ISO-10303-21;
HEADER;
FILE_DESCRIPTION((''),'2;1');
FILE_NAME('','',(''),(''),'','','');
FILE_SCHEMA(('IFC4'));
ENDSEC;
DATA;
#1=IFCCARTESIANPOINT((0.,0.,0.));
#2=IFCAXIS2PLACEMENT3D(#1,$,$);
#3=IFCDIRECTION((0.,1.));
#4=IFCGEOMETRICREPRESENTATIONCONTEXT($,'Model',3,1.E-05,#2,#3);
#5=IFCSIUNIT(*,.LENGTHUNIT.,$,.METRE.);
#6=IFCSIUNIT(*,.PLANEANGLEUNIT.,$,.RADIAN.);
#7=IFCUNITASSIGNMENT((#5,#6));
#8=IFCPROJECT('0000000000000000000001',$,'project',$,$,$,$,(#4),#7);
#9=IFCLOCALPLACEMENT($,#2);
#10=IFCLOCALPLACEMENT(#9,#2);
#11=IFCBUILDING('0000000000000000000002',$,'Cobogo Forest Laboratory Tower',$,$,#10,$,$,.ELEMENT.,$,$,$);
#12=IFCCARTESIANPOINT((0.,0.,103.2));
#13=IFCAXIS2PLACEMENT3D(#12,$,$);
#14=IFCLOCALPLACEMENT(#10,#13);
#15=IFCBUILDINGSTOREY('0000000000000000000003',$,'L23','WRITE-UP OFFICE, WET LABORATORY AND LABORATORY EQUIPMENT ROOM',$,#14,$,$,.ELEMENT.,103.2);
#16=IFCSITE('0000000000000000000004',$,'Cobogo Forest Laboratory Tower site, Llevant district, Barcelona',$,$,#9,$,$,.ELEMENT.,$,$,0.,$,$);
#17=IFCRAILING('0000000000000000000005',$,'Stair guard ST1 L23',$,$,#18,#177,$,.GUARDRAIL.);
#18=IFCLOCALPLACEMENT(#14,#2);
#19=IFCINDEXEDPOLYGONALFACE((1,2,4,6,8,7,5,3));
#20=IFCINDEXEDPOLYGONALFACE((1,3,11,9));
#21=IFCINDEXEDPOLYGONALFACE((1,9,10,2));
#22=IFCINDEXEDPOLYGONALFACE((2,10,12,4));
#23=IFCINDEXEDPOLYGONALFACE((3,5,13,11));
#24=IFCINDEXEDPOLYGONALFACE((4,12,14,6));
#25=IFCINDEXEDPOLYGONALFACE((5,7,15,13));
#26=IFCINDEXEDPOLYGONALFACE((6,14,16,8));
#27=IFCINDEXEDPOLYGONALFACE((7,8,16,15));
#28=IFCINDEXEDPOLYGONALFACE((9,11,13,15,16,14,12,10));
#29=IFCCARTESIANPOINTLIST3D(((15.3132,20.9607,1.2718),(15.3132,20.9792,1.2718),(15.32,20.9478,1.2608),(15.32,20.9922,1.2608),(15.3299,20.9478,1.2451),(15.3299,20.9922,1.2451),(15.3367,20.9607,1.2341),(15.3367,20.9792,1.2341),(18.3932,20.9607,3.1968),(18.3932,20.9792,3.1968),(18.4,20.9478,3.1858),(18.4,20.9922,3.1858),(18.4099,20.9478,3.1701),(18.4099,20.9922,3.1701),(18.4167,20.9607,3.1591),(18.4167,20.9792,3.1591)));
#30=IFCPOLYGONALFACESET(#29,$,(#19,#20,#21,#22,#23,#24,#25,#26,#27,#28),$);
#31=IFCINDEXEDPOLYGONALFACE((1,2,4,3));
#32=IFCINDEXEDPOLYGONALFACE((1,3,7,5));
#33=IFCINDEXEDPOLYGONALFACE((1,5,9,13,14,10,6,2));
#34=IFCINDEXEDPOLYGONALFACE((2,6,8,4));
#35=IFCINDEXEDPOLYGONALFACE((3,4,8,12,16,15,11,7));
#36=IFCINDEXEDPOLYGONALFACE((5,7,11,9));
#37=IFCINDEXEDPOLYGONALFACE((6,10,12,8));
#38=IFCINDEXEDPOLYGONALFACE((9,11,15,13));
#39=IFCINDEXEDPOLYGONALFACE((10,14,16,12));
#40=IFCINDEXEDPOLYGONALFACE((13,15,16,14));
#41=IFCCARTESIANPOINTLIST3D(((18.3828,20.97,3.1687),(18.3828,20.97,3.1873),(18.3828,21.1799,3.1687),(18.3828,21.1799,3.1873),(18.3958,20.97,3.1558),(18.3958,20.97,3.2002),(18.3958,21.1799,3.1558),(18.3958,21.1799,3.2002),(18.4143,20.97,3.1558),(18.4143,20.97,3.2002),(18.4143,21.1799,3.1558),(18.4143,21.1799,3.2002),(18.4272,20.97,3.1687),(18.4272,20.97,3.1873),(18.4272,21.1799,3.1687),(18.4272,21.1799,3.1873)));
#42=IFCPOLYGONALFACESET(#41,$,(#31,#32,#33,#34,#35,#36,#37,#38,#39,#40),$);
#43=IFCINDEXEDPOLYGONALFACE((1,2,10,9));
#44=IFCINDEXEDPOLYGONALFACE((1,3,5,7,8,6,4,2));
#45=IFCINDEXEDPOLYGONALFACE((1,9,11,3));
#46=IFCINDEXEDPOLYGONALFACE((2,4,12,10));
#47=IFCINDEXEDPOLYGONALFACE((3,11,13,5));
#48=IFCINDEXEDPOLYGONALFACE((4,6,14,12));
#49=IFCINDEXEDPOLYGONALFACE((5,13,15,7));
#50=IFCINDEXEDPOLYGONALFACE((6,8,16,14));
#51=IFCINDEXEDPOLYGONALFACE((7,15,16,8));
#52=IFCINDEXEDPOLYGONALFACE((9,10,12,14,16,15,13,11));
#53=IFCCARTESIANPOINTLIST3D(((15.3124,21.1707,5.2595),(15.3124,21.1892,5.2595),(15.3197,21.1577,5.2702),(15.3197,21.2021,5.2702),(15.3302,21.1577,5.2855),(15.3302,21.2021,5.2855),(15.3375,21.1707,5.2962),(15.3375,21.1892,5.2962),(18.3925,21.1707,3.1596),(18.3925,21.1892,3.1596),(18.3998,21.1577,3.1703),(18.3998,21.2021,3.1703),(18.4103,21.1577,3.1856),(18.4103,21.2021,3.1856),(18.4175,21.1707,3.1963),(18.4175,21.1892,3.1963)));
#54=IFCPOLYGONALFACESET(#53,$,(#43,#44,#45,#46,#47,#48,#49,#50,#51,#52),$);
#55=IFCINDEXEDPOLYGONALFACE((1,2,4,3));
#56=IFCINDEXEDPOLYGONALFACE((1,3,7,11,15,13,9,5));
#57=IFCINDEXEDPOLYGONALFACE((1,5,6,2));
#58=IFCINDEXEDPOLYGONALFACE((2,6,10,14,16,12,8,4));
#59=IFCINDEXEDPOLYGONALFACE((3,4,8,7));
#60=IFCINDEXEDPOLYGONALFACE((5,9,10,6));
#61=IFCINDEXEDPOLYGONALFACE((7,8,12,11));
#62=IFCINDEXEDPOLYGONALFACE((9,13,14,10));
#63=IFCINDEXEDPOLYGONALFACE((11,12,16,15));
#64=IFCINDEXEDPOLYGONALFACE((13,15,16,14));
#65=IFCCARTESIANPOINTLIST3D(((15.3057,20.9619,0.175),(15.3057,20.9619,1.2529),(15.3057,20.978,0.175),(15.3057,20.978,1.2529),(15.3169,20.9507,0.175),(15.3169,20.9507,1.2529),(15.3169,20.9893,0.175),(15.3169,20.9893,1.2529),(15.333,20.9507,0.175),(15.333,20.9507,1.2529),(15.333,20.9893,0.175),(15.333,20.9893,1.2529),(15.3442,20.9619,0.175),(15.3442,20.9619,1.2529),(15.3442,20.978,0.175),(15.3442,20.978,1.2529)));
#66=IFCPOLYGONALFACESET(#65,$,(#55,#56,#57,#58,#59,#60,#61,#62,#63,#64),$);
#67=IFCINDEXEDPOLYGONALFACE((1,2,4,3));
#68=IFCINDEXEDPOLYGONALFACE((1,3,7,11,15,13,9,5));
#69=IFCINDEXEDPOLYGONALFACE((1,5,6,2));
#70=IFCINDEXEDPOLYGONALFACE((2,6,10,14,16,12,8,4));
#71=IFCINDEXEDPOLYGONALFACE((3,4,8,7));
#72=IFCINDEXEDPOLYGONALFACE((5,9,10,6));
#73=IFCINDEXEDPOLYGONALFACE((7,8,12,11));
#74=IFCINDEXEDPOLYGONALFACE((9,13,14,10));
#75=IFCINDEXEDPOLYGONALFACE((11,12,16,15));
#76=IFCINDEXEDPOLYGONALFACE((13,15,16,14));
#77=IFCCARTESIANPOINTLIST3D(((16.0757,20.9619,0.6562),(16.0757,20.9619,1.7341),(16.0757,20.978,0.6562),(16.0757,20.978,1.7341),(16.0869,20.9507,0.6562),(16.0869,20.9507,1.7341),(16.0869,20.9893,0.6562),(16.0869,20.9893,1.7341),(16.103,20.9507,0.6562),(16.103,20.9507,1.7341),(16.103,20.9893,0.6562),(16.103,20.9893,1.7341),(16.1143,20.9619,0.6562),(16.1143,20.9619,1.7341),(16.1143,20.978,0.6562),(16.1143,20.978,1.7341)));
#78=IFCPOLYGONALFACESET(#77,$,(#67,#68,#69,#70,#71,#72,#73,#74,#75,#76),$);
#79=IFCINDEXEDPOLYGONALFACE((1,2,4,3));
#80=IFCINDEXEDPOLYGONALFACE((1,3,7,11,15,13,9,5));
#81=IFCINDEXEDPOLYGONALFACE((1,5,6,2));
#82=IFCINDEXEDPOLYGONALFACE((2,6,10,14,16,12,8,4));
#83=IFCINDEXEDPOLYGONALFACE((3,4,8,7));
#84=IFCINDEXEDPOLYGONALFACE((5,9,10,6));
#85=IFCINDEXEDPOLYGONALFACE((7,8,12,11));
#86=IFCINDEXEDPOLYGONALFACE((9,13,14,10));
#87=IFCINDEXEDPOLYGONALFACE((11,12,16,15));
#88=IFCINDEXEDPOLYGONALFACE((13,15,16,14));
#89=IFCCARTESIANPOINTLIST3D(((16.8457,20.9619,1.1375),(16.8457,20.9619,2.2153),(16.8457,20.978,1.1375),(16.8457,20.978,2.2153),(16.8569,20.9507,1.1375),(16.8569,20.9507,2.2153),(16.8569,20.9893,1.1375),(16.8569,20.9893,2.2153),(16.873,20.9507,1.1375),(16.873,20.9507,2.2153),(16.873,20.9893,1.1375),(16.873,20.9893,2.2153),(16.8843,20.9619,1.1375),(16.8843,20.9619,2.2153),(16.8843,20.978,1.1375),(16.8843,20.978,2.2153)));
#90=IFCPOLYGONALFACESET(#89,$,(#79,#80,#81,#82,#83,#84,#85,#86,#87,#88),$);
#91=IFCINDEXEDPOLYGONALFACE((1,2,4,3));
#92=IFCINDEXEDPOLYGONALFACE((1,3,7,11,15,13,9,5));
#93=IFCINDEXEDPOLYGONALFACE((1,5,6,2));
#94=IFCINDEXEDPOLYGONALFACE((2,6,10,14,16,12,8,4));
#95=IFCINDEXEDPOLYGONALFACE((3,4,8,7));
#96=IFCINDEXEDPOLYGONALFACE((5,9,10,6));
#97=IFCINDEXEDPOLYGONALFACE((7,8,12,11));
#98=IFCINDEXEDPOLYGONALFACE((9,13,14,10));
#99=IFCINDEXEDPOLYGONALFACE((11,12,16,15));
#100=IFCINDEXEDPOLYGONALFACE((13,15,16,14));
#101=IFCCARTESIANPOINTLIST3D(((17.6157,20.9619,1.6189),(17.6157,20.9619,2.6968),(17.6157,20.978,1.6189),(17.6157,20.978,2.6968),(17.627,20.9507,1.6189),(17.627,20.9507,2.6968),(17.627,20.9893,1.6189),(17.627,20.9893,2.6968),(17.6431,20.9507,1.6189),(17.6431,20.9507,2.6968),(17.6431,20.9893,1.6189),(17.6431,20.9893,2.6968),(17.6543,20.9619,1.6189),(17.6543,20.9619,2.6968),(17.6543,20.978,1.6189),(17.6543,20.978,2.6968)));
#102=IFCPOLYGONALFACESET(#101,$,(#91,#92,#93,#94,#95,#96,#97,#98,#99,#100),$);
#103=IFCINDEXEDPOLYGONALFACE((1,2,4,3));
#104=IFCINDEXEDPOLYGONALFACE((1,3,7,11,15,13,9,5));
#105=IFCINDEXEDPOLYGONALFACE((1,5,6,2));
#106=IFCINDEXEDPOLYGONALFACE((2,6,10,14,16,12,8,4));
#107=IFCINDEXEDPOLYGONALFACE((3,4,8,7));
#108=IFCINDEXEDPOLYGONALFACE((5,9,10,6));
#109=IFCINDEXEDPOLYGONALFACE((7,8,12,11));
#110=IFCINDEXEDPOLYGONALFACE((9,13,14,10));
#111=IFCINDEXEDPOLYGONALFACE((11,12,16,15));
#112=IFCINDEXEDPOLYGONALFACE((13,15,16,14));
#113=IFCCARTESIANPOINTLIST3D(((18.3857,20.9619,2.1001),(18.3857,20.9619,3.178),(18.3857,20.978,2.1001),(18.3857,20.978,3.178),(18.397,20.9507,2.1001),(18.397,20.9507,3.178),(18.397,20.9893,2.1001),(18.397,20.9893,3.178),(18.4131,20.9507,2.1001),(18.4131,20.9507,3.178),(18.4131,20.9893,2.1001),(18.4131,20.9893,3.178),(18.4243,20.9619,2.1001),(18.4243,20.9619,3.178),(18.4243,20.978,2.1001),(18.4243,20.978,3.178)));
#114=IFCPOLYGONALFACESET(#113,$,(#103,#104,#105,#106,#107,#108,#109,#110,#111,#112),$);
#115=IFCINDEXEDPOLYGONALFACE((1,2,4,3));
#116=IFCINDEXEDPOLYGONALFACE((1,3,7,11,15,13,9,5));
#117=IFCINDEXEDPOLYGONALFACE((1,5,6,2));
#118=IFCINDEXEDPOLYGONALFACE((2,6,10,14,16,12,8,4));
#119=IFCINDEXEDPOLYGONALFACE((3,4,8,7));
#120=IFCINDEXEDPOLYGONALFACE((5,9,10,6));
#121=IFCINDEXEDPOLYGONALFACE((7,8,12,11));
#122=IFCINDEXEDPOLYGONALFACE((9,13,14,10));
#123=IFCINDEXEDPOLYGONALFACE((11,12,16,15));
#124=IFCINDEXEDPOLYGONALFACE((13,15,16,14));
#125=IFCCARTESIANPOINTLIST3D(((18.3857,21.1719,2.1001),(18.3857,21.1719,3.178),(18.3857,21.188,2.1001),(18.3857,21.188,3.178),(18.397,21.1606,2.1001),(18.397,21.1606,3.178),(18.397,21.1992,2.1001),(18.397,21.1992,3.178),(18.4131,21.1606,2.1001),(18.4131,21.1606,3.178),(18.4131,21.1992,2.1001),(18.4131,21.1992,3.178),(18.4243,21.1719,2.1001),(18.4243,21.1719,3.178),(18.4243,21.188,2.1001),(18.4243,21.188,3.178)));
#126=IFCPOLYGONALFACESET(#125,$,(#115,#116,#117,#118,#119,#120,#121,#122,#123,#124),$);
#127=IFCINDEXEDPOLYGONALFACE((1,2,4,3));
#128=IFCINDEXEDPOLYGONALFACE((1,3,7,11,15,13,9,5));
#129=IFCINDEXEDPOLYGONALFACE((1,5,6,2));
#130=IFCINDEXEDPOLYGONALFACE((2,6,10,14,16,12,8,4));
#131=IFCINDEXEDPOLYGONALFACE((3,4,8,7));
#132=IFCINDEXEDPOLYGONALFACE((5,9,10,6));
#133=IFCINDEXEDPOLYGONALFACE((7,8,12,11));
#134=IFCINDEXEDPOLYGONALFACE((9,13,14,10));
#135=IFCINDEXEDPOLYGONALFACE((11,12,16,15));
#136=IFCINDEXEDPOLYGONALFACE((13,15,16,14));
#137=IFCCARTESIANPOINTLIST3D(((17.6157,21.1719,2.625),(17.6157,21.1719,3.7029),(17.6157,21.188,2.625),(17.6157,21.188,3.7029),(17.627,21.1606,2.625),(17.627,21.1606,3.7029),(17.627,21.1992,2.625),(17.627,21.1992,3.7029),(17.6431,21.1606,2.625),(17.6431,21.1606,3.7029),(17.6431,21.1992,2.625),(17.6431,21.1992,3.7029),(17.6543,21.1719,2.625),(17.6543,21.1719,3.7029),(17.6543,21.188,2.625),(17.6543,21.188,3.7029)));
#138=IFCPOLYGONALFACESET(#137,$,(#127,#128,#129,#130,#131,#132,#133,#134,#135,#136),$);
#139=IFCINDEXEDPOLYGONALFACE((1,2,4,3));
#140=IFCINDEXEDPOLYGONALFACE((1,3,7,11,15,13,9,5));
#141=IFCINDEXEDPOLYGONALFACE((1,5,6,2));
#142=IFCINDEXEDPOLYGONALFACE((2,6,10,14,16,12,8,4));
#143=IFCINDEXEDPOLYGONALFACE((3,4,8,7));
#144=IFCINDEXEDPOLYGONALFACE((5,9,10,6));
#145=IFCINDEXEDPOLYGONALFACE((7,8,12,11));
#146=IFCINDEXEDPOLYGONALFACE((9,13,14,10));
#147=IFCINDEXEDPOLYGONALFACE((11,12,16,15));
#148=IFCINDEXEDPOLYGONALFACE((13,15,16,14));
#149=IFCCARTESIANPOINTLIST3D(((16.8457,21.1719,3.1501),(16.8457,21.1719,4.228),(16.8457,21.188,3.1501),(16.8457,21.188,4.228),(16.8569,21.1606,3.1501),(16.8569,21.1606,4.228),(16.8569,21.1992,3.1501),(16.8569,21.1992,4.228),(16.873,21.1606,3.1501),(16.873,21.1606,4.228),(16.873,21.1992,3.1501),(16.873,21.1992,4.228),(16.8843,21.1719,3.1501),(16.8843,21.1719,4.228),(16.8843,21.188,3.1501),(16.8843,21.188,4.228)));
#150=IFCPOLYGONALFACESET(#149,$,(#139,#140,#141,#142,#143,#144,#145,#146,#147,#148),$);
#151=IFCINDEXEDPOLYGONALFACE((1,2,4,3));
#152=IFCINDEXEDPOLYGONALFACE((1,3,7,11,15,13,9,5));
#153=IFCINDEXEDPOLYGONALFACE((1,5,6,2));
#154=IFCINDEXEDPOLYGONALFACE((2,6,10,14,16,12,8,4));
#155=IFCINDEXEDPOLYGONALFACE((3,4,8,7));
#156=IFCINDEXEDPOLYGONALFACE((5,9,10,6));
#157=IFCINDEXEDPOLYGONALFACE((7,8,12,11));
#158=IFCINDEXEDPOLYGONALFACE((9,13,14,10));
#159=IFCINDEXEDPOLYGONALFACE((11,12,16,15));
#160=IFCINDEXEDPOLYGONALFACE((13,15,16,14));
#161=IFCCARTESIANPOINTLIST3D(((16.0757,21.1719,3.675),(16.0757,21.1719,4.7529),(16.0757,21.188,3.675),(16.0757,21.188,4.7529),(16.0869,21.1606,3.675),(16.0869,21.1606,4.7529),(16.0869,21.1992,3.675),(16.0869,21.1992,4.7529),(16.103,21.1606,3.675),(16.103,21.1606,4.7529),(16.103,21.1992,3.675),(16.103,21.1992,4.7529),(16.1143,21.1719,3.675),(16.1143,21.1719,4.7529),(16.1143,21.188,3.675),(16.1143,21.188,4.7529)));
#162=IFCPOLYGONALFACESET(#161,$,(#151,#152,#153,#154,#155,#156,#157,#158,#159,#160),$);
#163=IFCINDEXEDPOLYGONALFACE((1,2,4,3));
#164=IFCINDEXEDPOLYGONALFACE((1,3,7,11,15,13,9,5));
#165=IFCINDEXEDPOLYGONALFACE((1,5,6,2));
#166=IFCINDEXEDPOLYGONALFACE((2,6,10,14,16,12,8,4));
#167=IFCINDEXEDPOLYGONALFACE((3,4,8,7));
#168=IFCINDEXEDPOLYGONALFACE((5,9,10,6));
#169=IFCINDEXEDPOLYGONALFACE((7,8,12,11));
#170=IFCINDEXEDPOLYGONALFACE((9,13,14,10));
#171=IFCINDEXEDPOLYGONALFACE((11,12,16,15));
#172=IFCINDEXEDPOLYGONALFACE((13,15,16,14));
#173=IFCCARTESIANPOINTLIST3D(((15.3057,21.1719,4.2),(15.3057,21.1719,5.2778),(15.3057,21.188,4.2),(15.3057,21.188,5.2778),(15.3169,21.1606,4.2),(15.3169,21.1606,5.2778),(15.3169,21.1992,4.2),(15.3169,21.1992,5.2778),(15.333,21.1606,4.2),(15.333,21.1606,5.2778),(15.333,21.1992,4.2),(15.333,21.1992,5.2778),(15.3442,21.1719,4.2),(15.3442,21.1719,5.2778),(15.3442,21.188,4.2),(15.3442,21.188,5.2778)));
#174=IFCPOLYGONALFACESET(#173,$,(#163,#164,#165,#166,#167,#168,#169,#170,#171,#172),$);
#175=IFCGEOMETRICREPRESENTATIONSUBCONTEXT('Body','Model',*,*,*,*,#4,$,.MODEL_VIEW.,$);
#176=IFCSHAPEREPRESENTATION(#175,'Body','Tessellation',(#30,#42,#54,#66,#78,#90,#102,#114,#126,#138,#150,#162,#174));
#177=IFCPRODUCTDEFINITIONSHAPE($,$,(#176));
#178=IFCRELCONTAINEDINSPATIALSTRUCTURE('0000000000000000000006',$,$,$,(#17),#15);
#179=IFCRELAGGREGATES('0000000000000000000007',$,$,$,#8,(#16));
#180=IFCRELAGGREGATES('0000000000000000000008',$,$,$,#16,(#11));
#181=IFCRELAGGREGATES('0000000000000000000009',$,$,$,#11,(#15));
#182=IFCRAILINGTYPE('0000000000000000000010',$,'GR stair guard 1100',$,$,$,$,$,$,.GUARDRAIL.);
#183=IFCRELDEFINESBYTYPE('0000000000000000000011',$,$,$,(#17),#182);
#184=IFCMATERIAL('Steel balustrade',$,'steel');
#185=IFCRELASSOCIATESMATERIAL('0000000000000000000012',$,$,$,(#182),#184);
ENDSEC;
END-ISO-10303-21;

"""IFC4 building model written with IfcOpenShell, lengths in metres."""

from ifc_helpers import new_model, si_unit, direction, frame, origin, place, context, subcontext, project, spatial, polyline, outline, extrude, material, type_object, element, save


model = new_model("IFC4")

# Units and contexts
model_context = context("Model", 3, precision=1e-05, world=origin(), true_north=direction((0.0, 1.0)))
body_context = subcontext(model_context, "Body", "Model", "MODEL_VIEW")
ifc_project = project(units=[si_unit("LENGTHUNIT", "METRE"), si_unit("PLANEANGLEUNIT", "RADIAN")], contexts=[model_context])

# Site, building, storey
site_placement = place(None, origin())
site = spatial("IfcSite", under=ifc_project, at=site_placement, Name="Cobogo Forest Laboratory Tower site, Llevant district, Barcelona", CompositionType="ELEMENT", RefElevation=0.0)
building_placement = place(site_placement, origin())
building = spatial("IfcBuilding", under=site, at=building_placement, Name="Cobogo Forest Laboratory Tower", CompositionType="ELEMENT")
storey_placement = place(building_placement, frame((0.0, 0.0, 103.2)))
storey = spatial("IfcBuildingStorey", under=building, at=storey_placement, Name="L23", Description="WRITE-UP OFFICE, WET LABORATORY AND LABORATORY EQUIPMENT ROOM", CompositionType="ELEMENT", Elevation=103.2)

# Railing
ifc_material_1 = material(Name="Steel balustrade", Category="steel")
railing_type_1 = type_object("IfcRailingType", Name="GR stair guard 1100", PredefinedType="GUARDRAIL", material=ifc_material_1)
railing_1_placement = place(storey_placement, frame((15.325, 20.97, 0.175)))
element("IfcRailing", 1, at=railing_1_placement, inside=storey, type_object=railing_type_1, Name="Stair guard ST1 L23", PredefinedType="GUARDRAIL", context=body_context, shape_type="SweptSolid", body=[
    extrude(outline(polyline([(0.0222, 0.0093), (0.0093, 0.0222), (-0.0093, 0.0222), (-0.0222, 0.0093), (-0.0222, -0.0093), (-0.0093, -0.0222), (0.0093, -0.0222), (0.0222, -0.0093), (0.0222, 0.0093)])), frame((0.0, 0.0, 1.0779), z_axis=(0.847998, 0.0, 0.529999), x_axis=(0.0, 1.0, 0.0)), (0.0, 0.0, 1.0), 3.6321),
    extrude(outline(polyline([(0.0222, 0.0093), (0.0093, 0.0222), (-0.0093, 0.0222), (-0.0222, 0.0093), (-0.0222, -0.0093), (-0.0093, -0.0222), (0.0093, -0.0222), (0.0222, -0.0093), (0.0222, 0.0093)])), frame((3.0801, 0.0, 3.0029), z_axis=(0.0, 1.0, 0.0), x_axis=(-1.0, 0.0, 0.0)), (0.0, 0.0, 1.0), 0.21),
    extrude(outline(polyline([(0.0222, 0.0093), (0.0093, 0.0222), (-0.0093, 0.0222), (-0.0222, 0.0093), (-0.0222, -0.0093), (-0.0093, -0.0222), (0.0093, -0.0222), (0.0222, -0.0093), (0.0222, 0.0093)])), frame((3.0801, 0.21, 3.0029), z_axis=(-0.826252, 0.0, 0.5633), x_axis=(0.0, -1.0, 0.0)), (0.0, 0.0, 1.0), 3.7278),
    extrude(outline(polyline([(0.0193, 0.0081), (0.0081, 0.0193), (-0.0081, 0.0193), (-0.0193, 0.0081), (-0.0193, -0.0081), (-0.0081, -0.0193), (0.0081, -0.0193), (0.0193, -0.0081), (0.0193, 0.0081)])), origin(), (0.0, 0.0, 1.0), 1.0779),
    extrude(outline(polyline([(0.0193, 0.0081), (0.0081, 0.0193), (-0.0081, 0.0193), (-0.0193, 0.0081), (-0.0193, -0.0081), (-0.0081, -0.0193), (0.0081, -0.0193), (0.0193, -0.0081), (0.0193, 0.0081)])), frame((0.77, 0.0, 0.4812)), (0.0, 0.0, 1.0), 1.0779),
    extrude(outline(polyline([(0.0193, 0.0081), (0.0081, 0.0193), (-0.0081, 0.0193), (-0.0193, 0.0081), (-0.0193, -0.0081), (-0.0081, -0.0193), (0.0081, -0.0193), (0.0193, -0.0081), (0.0193, 0.0081)])), frame((1.54, 0.0, 0.9624)), (0.0, 0.0, 1.0), 1.0779),
    extrude(outline(polyline([(0.0193, 0.0081), (0.0081, 0.0193), (-0.0081, 0.0193), (-0.0193, 0.0081), (-0.0193, -0.0081), (-0.0081, -0.0193), (0.0081, -0.0193), (0.0193, -0.0081), (0.0193, 0.0081)])), frame((2.3101, 0.0, 1.4438)), (0.0, 0.0, 1.0), 1.0779),
    extrude(outline(polyline([(0.0193, 0.0081), (0.0081, 0.0193), (-0.0081, 0.0193), (-0.0193, 0.0081), (-0.0193, -0.0081), (-0.0081, -0.0193), (0.0081, -0.0193), (0.0193, -0.0081), (0.0193, 0.0081)])), frame((3.0801, 0.0, 1.925)), (0.0, 0.0, 1.0), 1.0779),
    extrude(outline(polyline([(0.0193, 0.0081), (0.0081, 0.0193), (-0.0081, 0.0193), (-0.0193, 0.0081), (-0.0193, -0.0081), (-0.0081, -0.0193), (0.0081, -0.0193), (0.0193, -0.0081), (0.0193, 0.0081)])), frame((3.0801, 0.21, 1.925)), (0.0, 0.0, 1.0), 1.0779),
    extrude(outline(polyline([(0.0193, 0.0081), (0.0081, 0.0193), (-0.0081, 0.0193), (-0.0193, 0.0081), (-0.0193, -0.0081), (-0.0081, -0.0193), (0.0081, -0.0193), (0.0193, -0.0081), (0.0193, 0.0081)])), frame((2.3101, 0.21, 2.45)), (0.0, 0.0, 1.0), 1.0779),
    extrude(outline(polyline([(0.0193, 0.0081), (0.0081, 0.0193), (-0.0081, 0.0193), (-0.0193, 0.0081), (-0.0193, -0.0081), (-0.0081, -0.0193), (0.0081, -0.0193), (0.0193, -0.0081), (0.0193, 0.0081)])), frame((1.54, 0.21, 2.9751)), (0.0, 0.0, 1.0), 1.0779),
    extrude(outline(polyline([(0.0193, 0.0081), (0.0081, 0.0193), (-0.0081, 0.0193), (-0.0193, 0.0081), (-0.0193, -0.0081), (-0.0081, -0.0193), (0.0081, -0.0193), (0.0193, -0.0081), (0.0193, 0.0081)])), frame((0.77, 0.21, 3.5)), (0.0, 0.0, 1.0), 1.0779),
    extrude(outline(polyline([(0.0193, 0.0081), (0.0081, 0.0193), (-0.0081, 0.0193), (-0.0193, 0.0081), (-0.0193, -0.0081), (-0.0081, -0.0193), (0.0081, -0.0193), (0.0193, -0.0081), (0.0193, 0.0081)])), frame((0.0, 0.21, 4.0249)), (0.0, 0.0, 1.0), 1.0779),
])

save(model, "model.ifc")
